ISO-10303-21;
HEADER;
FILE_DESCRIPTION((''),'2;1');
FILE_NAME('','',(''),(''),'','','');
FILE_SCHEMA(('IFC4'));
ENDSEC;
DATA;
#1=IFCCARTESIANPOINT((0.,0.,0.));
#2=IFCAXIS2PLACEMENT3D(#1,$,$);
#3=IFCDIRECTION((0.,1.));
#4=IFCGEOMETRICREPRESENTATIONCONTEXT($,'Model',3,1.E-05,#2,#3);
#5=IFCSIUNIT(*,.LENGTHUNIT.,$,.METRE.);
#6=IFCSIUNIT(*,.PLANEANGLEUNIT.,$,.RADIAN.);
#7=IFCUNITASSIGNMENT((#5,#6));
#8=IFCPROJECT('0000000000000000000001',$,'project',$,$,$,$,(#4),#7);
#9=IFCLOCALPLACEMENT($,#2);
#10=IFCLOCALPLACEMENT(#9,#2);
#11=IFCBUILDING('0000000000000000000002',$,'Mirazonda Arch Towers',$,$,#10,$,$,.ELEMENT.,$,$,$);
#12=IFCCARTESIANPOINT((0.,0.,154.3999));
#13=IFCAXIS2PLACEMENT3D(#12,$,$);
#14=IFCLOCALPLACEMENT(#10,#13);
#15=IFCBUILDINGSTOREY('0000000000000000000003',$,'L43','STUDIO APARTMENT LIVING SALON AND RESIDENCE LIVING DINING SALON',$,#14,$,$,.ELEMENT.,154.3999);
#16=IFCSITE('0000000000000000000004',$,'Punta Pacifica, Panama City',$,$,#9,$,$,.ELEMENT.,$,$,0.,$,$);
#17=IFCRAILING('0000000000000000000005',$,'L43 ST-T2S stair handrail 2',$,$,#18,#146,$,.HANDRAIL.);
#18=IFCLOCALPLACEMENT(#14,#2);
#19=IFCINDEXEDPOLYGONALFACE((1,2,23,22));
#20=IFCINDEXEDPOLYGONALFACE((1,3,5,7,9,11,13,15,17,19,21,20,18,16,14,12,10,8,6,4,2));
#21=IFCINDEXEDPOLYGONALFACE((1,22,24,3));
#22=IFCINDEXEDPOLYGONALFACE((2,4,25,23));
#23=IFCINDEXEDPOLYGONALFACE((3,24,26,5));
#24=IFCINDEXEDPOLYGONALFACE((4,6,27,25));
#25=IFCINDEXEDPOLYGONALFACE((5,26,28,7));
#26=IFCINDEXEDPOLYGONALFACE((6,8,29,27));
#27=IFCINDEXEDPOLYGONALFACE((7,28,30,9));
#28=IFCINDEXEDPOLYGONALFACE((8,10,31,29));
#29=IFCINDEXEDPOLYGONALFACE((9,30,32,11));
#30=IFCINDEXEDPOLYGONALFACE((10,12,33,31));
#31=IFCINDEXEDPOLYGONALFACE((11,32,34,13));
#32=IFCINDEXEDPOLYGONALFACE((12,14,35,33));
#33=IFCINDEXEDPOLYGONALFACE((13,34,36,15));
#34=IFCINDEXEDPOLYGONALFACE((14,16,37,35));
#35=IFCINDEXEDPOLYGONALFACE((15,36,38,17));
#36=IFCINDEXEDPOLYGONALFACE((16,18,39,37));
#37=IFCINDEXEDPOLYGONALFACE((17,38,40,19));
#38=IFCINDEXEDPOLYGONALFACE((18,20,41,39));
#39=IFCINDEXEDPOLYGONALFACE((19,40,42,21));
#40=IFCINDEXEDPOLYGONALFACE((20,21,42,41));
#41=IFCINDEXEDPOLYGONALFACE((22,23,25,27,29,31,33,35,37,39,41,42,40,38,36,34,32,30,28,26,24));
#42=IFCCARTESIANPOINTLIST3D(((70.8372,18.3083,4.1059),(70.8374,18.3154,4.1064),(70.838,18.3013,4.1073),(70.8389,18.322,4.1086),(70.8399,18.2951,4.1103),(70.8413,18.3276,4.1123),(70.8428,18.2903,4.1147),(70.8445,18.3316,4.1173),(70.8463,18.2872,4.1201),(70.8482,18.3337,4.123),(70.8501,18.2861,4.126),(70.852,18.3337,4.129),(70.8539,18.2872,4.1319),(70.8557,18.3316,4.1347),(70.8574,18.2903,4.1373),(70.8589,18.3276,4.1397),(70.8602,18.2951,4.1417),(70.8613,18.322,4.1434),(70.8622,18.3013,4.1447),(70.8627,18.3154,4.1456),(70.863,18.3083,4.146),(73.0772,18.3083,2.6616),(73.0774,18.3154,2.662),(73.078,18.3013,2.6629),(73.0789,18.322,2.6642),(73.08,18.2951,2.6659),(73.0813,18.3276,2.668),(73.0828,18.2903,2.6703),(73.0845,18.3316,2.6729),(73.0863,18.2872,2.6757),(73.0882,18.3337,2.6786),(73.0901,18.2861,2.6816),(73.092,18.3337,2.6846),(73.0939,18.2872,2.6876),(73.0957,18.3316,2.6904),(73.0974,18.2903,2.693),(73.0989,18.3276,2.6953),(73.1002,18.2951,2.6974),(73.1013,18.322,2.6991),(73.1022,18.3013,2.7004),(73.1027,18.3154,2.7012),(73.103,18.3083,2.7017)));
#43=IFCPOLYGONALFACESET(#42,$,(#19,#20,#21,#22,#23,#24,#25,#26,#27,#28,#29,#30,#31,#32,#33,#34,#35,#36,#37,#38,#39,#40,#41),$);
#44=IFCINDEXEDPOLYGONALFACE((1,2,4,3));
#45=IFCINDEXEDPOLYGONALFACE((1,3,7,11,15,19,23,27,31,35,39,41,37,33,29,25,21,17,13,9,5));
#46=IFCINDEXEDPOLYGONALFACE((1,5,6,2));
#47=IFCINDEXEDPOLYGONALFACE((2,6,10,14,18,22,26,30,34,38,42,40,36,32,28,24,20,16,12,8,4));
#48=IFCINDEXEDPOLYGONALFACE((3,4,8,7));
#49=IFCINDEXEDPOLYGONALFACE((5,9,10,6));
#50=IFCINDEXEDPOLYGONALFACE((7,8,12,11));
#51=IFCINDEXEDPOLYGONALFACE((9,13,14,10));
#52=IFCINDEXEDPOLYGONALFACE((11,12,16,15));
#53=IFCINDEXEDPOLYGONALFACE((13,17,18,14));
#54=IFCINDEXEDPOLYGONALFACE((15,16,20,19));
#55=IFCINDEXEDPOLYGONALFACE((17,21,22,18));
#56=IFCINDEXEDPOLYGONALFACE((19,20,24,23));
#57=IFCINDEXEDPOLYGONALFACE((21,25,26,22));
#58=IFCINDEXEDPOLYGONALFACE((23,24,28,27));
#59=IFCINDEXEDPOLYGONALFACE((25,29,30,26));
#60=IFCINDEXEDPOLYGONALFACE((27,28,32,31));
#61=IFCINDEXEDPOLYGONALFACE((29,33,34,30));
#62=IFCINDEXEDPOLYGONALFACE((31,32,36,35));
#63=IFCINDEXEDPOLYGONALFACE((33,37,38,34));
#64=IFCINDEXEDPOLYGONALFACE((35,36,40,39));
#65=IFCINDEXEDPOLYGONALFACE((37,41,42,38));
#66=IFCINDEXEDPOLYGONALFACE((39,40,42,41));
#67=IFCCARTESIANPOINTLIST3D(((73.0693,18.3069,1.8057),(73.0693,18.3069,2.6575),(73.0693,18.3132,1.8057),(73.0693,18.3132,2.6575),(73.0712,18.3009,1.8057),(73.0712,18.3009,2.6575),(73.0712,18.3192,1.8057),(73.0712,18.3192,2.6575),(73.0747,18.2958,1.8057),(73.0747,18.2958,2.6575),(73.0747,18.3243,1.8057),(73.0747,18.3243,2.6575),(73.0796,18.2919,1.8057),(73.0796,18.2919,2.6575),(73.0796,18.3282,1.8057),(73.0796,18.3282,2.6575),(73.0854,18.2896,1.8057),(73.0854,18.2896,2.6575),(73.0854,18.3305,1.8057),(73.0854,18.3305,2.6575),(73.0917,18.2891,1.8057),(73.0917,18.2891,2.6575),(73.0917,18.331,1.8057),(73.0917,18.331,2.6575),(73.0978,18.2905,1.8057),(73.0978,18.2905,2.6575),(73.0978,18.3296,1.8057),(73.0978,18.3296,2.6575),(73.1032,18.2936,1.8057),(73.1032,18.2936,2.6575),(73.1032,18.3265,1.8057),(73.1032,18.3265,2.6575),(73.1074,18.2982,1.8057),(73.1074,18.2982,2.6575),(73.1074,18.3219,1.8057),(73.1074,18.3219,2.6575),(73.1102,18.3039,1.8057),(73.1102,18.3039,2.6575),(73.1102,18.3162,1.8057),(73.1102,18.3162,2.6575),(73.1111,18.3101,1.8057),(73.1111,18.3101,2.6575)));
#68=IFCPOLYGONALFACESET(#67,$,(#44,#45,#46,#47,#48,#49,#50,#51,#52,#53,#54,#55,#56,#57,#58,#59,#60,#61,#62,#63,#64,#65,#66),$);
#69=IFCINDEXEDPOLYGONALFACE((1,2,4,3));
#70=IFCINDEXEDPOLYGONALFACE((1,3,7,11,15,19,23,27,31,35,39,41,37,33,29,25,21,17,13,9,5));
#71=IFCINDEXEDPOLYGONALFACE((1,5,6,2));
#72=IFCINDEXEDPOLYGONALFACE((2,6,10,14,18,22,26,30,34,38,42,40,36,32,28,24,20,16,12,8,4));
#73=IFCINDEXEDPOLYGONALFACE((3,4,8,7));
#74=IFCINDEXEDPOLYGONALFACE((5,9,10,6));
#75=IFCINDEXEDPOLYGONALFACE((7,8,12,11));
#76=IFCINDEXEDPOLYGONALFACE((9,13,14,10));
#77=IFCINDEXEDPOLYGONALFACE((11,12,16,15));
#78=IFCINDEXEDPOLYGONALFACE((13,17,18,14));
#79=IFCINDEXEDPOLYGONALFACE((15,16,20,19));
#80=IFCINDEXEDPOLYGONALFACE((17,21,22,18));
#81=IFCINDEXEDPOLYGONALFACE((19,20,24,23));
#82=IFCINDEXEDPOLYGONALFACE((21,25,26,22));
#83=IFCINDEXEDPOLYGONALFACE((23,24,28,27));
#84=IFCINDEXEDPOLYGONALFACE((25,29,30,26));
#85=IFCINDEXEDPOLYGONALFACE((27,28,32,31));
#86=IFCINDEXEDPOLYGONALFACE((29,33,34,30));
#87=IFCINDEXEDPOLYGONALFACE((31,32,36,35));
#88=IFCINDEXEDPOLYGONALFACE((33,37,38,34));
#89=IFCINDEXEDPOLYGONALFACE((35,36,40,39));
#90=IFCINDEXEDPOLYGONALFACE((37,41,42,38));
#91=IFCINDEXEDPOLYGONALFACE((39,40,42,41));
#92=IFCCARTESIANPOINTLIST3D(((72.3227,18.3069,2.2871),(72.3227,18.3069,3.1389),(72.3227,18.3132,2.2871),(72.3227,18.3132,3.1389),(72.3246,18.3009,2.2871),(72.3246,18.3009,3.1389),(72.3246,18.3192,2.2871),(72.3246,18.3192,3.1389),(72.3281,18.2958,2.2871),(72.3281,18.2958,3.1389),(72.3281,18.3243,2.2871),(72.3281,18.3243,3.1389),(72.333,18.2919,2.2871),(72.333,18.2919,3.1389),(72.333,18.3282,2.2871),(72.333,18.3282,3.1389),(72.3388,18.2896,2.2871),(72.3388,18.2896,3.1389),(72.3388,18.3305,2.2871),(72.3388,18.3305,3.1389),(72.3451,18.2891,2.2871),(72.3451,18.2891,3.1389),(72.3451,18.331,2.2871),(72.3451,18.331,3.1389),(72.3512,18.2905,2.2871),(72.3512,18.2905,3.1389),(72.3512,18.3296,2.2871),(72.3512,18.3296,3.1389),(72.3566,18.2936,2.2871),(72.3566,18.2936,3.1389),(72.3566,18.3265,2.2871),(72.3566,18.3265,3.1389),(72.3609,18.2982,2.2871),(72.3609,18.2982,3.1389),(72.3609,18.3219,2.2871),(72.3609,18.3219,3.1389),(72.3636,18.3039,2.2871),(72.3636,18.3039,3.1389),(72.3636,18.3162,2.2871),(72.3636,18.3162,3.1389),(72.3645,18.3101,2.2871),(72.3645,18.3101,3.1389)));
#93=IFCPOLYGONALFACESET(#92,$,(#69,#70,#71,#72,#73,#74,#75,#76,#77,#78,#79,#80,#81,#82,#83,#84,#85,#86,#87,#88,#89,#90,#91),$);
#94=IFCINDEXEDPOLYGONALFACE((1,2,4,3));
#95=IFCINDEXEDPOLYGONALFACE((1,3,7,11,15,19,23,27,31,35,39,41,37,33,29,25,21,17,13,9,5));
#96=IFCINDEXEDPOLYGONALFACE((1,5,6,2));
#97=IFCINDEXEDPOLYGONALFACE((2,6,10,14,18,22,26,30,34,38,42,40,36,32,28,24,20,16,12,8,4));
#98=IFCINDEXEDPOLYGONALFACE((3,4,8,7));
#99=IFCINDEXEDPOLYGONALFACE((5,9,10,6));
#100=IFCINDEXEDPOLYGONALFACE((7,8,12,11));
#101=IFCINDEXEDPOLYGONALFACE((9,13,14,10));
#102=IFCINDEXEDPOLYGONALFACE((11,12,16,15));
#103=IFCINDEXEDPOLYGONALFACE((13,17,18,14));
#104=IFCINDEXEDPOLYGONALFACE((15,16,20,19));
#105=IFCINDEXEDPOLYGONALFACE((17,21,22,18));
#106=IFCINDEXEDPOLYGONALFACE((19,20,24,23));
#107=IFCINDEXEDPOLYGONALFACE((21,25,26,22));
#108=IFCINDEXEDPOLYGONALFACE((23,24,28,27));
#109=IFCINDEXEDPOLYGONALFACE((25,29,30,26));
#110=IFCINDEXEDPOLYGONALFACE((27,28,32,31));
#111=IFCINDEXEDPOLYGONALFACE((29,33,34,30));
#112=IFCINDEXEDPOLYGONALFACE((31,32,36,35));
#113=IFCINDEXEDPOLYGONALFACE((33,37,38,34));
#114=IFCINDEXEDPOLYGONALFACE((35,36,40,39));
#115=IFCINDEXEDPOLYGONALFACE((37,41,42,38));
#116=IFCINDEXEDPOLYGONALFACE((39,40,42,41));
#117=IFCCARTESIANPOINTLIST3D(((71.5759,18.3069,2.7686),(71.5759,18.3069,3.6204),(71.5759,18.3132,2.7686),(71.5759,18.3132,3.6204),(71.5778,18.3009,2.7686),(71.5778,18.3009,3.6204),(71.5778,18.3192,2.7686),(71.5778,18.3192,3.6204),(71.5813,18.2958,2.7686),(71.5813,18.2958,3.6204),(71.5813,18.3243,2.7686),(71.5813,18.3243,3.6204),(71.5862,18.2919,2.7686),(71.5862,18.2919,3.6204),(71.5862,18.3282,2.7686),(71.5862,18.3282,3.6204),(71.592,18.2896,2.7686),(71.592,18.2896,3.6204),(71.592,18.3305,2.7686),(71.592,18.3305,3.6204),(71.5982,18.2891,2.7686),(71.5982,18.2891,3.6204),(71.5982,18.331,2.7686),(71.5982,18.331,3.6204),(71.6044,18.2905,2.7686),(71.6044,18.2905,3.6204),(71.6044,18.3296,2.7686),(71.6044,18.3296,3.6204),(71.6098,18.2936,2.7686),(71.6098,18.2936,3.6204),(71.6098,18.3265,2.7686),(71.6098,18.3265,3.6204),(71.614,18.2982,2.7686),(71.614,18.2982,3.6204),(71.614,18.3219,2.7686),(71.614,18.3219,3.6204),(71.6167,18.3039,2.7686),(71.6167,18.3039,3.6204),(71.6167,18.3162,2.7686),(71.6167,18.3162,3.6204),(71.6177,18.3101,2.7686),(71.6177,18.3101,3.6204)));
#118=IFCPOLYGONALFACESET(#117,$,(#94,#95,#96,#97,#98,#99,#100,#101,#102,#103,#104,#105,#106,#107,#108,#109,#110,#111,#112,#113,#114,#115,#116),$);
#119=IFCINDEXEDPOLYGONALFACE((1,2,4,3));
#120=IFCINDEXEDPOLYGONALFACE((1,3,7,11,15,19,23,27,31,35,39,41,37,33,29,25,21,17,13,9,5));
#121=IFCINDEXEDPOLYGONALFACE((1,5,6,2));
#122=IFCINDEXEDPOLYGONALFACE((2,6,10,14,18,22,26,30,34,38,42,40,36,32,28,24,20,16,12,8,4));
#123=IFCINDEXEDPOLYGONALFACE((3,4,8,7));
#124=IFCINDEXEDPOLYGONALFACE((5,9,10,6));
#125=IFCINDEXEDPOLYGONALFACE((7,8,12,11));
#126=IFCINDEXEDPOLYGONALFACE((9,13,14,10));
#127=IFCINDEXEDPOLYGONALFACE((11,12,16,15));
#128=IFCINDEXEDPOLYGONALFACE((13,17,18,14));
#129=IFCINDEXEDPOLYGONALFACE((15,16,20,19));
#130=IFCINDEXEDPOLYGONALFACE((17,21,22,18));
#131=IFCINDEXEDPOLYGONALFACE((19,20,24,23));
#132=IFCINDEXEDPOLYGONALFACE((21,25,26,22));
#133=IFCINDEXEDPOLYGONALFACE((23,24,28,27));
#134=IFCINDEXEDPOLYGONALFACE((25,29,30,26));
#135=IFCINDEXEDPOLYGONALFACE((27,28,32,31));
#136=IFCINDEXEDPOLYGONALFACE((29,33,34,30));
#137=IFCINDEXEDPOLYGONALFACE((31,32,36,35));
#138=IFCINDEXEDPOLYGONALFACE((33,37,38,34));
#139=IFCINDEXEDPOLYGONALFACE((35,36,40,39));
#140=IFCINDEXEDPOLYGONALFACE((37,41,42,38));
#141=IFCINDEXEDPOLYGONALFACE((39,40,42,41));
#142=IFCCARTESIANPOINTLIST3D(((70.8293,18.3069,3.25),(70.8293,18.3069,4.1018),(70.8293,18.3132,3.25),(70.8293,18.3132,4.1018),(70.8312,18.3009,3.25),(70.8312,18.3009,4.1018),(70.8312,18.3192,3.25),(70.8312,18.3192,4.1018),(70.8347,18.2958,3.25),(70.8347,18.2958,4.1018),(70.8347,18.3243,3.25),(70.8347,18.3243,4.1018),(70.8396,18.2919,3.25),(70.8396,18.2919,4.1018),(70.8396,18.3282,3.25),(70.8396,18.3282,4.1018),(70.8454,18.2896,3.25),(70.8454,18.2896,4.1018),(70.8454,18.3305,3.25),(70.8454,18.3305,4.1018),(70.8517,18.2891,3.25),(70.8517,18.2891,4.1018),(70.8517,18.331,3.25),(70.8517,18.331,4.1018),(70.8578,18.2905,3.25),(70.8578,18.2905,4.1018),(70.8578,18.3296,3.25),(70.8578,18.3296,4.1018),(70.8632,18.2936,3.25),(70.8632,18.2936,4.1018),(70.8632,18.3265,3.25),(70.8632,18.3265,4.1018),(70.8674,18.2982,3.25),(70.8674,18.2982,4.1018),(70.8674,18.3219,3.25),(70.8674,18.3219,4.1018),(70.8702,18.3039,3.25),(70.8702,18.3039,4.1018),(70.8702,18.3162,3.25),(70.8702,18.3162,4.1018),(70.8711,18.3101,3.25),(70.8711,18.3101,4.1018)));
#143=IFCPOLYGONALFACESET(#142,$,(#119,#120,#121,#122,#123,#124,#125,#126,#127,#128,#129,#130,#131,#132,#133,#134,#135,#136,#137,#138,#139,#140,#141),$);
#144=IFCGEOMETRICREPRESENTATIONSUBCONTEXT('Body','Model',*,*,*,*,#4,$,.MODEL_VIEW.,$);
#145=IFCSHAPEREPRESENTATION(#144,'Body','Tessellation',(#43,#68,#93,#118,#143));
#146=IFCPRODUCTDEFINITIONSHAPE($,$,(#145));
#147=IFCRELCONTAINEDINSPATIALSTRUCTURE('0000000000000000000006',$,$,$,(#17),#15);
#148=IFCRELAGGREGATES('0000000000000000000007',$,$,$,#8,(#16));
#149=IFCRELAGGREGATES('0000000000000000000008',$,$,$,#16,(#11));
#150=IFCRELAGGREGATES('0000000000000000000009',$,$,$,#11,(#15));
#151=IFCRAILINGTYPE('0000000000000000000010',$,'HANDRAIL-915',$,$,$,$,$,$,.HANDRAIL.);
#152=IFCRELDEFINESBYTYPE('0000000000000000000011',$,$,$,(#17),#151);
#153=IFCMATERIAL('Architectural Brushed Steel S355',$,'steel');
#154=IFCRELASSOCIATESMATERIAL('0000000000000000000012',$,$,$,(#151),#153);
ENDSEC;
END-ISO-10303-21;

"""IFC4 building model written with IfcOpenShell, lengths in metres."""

from ifc_helpers import new_model, si_unit, direction, frame, origin, origin_2d, place, context, subcontext, project, spatial, circle, extrude, material, type_object, element, save


model = new_model("IFC4")

# Units and contexts
model_context = context("Model", 3, precision=1e-05, world=origin(), true_north=direction((0.0, 1.0)))
body_context = subcontext(model_context, "Body", "Model", "MODEL_VIEW")
ifc_project = project(units=[si_unit("LENGTHUNIT", "METRE"), si_unit("PLANEANGLEUNIT", "RADIAN")], contexts=[model_context])

# Site, building, storey
site_placement = place(None, origin())
site = spatial("IfcSite", under=ifc_project, at=site_placement, Name="Punta Pacifica, Panama City", CompositionType="ELEMENT", RefElevation=0.0)
building_placement = place(site_placement, origin())
building = spatial("IfcBuilding", under=site, at=building_placement, Name="Mirazonda Arch Towers", CompositionType="ELEMENT")
storey_placement = place(building_placement, frame((0.0, 0.0, 154.3999)))
storey = spatial("IfcBuildingStorey", under=building, at=storey_placement, Name="L43", Description="STUDIO APARTMENT LIVING SALON AND RESIDENCE LIVING DINING SALON", CompositionType="ELEMENT", Elevation=154.3999)

# Railing
ifc_material_1 = material(Name="Architectural Brushed Steel S355", Category="steel")
railing_type_1 = type_object("IfcRailingType", Name="HANDRAIL-915", PredefinedType="HANDRAIL", material=ifc_material_1)
railing_1_placement = place(storey_placement, frame((73.0901, 18.3101, 1.8057)))
element("IfcRailing", 1, at=railing_1_placement, inside=storey, type_object=railing_type_1, Name="L43 ST-T2S stair handrail 2", PredefinedType="HANDRAIL", context=body_context, shape_type="SweptSolid", body=[
    extrude(circle(Radius=0.0239, at=origin_2d()), frame((0.0, 0.0, 0.876), z_axis=(-0.840437, 0.0, 0.54191), x_axis=(0.0, -1.0, 0.0)), (0.0, 0.0, 1.0), 2.6653),
    extrude(circle(Radius=0.021, at=origin_2d()), origin(), (0.0, 0.0, 1.0), 0.8518),
    extrude(circle(Radius=0.021, at=origin_2d()), frame((-0.7466, 0.0, 0.4814)), (0.0, 0.0, 1.0), 0.8518),
    extrude(circle(Radius=0.021, at=origin_2d()), frame((-1.4934, 0.0, 0.9629)), (0.0, 0.0, 1.0), 0.8518),
    extrude(circle(Radius=0.021, at=origin_2d()), frame((-2.24, 0.0, 1.4443)), (0.0, 0.0, 1.0), 0.8518),
])

save(model, "model.ifc")
